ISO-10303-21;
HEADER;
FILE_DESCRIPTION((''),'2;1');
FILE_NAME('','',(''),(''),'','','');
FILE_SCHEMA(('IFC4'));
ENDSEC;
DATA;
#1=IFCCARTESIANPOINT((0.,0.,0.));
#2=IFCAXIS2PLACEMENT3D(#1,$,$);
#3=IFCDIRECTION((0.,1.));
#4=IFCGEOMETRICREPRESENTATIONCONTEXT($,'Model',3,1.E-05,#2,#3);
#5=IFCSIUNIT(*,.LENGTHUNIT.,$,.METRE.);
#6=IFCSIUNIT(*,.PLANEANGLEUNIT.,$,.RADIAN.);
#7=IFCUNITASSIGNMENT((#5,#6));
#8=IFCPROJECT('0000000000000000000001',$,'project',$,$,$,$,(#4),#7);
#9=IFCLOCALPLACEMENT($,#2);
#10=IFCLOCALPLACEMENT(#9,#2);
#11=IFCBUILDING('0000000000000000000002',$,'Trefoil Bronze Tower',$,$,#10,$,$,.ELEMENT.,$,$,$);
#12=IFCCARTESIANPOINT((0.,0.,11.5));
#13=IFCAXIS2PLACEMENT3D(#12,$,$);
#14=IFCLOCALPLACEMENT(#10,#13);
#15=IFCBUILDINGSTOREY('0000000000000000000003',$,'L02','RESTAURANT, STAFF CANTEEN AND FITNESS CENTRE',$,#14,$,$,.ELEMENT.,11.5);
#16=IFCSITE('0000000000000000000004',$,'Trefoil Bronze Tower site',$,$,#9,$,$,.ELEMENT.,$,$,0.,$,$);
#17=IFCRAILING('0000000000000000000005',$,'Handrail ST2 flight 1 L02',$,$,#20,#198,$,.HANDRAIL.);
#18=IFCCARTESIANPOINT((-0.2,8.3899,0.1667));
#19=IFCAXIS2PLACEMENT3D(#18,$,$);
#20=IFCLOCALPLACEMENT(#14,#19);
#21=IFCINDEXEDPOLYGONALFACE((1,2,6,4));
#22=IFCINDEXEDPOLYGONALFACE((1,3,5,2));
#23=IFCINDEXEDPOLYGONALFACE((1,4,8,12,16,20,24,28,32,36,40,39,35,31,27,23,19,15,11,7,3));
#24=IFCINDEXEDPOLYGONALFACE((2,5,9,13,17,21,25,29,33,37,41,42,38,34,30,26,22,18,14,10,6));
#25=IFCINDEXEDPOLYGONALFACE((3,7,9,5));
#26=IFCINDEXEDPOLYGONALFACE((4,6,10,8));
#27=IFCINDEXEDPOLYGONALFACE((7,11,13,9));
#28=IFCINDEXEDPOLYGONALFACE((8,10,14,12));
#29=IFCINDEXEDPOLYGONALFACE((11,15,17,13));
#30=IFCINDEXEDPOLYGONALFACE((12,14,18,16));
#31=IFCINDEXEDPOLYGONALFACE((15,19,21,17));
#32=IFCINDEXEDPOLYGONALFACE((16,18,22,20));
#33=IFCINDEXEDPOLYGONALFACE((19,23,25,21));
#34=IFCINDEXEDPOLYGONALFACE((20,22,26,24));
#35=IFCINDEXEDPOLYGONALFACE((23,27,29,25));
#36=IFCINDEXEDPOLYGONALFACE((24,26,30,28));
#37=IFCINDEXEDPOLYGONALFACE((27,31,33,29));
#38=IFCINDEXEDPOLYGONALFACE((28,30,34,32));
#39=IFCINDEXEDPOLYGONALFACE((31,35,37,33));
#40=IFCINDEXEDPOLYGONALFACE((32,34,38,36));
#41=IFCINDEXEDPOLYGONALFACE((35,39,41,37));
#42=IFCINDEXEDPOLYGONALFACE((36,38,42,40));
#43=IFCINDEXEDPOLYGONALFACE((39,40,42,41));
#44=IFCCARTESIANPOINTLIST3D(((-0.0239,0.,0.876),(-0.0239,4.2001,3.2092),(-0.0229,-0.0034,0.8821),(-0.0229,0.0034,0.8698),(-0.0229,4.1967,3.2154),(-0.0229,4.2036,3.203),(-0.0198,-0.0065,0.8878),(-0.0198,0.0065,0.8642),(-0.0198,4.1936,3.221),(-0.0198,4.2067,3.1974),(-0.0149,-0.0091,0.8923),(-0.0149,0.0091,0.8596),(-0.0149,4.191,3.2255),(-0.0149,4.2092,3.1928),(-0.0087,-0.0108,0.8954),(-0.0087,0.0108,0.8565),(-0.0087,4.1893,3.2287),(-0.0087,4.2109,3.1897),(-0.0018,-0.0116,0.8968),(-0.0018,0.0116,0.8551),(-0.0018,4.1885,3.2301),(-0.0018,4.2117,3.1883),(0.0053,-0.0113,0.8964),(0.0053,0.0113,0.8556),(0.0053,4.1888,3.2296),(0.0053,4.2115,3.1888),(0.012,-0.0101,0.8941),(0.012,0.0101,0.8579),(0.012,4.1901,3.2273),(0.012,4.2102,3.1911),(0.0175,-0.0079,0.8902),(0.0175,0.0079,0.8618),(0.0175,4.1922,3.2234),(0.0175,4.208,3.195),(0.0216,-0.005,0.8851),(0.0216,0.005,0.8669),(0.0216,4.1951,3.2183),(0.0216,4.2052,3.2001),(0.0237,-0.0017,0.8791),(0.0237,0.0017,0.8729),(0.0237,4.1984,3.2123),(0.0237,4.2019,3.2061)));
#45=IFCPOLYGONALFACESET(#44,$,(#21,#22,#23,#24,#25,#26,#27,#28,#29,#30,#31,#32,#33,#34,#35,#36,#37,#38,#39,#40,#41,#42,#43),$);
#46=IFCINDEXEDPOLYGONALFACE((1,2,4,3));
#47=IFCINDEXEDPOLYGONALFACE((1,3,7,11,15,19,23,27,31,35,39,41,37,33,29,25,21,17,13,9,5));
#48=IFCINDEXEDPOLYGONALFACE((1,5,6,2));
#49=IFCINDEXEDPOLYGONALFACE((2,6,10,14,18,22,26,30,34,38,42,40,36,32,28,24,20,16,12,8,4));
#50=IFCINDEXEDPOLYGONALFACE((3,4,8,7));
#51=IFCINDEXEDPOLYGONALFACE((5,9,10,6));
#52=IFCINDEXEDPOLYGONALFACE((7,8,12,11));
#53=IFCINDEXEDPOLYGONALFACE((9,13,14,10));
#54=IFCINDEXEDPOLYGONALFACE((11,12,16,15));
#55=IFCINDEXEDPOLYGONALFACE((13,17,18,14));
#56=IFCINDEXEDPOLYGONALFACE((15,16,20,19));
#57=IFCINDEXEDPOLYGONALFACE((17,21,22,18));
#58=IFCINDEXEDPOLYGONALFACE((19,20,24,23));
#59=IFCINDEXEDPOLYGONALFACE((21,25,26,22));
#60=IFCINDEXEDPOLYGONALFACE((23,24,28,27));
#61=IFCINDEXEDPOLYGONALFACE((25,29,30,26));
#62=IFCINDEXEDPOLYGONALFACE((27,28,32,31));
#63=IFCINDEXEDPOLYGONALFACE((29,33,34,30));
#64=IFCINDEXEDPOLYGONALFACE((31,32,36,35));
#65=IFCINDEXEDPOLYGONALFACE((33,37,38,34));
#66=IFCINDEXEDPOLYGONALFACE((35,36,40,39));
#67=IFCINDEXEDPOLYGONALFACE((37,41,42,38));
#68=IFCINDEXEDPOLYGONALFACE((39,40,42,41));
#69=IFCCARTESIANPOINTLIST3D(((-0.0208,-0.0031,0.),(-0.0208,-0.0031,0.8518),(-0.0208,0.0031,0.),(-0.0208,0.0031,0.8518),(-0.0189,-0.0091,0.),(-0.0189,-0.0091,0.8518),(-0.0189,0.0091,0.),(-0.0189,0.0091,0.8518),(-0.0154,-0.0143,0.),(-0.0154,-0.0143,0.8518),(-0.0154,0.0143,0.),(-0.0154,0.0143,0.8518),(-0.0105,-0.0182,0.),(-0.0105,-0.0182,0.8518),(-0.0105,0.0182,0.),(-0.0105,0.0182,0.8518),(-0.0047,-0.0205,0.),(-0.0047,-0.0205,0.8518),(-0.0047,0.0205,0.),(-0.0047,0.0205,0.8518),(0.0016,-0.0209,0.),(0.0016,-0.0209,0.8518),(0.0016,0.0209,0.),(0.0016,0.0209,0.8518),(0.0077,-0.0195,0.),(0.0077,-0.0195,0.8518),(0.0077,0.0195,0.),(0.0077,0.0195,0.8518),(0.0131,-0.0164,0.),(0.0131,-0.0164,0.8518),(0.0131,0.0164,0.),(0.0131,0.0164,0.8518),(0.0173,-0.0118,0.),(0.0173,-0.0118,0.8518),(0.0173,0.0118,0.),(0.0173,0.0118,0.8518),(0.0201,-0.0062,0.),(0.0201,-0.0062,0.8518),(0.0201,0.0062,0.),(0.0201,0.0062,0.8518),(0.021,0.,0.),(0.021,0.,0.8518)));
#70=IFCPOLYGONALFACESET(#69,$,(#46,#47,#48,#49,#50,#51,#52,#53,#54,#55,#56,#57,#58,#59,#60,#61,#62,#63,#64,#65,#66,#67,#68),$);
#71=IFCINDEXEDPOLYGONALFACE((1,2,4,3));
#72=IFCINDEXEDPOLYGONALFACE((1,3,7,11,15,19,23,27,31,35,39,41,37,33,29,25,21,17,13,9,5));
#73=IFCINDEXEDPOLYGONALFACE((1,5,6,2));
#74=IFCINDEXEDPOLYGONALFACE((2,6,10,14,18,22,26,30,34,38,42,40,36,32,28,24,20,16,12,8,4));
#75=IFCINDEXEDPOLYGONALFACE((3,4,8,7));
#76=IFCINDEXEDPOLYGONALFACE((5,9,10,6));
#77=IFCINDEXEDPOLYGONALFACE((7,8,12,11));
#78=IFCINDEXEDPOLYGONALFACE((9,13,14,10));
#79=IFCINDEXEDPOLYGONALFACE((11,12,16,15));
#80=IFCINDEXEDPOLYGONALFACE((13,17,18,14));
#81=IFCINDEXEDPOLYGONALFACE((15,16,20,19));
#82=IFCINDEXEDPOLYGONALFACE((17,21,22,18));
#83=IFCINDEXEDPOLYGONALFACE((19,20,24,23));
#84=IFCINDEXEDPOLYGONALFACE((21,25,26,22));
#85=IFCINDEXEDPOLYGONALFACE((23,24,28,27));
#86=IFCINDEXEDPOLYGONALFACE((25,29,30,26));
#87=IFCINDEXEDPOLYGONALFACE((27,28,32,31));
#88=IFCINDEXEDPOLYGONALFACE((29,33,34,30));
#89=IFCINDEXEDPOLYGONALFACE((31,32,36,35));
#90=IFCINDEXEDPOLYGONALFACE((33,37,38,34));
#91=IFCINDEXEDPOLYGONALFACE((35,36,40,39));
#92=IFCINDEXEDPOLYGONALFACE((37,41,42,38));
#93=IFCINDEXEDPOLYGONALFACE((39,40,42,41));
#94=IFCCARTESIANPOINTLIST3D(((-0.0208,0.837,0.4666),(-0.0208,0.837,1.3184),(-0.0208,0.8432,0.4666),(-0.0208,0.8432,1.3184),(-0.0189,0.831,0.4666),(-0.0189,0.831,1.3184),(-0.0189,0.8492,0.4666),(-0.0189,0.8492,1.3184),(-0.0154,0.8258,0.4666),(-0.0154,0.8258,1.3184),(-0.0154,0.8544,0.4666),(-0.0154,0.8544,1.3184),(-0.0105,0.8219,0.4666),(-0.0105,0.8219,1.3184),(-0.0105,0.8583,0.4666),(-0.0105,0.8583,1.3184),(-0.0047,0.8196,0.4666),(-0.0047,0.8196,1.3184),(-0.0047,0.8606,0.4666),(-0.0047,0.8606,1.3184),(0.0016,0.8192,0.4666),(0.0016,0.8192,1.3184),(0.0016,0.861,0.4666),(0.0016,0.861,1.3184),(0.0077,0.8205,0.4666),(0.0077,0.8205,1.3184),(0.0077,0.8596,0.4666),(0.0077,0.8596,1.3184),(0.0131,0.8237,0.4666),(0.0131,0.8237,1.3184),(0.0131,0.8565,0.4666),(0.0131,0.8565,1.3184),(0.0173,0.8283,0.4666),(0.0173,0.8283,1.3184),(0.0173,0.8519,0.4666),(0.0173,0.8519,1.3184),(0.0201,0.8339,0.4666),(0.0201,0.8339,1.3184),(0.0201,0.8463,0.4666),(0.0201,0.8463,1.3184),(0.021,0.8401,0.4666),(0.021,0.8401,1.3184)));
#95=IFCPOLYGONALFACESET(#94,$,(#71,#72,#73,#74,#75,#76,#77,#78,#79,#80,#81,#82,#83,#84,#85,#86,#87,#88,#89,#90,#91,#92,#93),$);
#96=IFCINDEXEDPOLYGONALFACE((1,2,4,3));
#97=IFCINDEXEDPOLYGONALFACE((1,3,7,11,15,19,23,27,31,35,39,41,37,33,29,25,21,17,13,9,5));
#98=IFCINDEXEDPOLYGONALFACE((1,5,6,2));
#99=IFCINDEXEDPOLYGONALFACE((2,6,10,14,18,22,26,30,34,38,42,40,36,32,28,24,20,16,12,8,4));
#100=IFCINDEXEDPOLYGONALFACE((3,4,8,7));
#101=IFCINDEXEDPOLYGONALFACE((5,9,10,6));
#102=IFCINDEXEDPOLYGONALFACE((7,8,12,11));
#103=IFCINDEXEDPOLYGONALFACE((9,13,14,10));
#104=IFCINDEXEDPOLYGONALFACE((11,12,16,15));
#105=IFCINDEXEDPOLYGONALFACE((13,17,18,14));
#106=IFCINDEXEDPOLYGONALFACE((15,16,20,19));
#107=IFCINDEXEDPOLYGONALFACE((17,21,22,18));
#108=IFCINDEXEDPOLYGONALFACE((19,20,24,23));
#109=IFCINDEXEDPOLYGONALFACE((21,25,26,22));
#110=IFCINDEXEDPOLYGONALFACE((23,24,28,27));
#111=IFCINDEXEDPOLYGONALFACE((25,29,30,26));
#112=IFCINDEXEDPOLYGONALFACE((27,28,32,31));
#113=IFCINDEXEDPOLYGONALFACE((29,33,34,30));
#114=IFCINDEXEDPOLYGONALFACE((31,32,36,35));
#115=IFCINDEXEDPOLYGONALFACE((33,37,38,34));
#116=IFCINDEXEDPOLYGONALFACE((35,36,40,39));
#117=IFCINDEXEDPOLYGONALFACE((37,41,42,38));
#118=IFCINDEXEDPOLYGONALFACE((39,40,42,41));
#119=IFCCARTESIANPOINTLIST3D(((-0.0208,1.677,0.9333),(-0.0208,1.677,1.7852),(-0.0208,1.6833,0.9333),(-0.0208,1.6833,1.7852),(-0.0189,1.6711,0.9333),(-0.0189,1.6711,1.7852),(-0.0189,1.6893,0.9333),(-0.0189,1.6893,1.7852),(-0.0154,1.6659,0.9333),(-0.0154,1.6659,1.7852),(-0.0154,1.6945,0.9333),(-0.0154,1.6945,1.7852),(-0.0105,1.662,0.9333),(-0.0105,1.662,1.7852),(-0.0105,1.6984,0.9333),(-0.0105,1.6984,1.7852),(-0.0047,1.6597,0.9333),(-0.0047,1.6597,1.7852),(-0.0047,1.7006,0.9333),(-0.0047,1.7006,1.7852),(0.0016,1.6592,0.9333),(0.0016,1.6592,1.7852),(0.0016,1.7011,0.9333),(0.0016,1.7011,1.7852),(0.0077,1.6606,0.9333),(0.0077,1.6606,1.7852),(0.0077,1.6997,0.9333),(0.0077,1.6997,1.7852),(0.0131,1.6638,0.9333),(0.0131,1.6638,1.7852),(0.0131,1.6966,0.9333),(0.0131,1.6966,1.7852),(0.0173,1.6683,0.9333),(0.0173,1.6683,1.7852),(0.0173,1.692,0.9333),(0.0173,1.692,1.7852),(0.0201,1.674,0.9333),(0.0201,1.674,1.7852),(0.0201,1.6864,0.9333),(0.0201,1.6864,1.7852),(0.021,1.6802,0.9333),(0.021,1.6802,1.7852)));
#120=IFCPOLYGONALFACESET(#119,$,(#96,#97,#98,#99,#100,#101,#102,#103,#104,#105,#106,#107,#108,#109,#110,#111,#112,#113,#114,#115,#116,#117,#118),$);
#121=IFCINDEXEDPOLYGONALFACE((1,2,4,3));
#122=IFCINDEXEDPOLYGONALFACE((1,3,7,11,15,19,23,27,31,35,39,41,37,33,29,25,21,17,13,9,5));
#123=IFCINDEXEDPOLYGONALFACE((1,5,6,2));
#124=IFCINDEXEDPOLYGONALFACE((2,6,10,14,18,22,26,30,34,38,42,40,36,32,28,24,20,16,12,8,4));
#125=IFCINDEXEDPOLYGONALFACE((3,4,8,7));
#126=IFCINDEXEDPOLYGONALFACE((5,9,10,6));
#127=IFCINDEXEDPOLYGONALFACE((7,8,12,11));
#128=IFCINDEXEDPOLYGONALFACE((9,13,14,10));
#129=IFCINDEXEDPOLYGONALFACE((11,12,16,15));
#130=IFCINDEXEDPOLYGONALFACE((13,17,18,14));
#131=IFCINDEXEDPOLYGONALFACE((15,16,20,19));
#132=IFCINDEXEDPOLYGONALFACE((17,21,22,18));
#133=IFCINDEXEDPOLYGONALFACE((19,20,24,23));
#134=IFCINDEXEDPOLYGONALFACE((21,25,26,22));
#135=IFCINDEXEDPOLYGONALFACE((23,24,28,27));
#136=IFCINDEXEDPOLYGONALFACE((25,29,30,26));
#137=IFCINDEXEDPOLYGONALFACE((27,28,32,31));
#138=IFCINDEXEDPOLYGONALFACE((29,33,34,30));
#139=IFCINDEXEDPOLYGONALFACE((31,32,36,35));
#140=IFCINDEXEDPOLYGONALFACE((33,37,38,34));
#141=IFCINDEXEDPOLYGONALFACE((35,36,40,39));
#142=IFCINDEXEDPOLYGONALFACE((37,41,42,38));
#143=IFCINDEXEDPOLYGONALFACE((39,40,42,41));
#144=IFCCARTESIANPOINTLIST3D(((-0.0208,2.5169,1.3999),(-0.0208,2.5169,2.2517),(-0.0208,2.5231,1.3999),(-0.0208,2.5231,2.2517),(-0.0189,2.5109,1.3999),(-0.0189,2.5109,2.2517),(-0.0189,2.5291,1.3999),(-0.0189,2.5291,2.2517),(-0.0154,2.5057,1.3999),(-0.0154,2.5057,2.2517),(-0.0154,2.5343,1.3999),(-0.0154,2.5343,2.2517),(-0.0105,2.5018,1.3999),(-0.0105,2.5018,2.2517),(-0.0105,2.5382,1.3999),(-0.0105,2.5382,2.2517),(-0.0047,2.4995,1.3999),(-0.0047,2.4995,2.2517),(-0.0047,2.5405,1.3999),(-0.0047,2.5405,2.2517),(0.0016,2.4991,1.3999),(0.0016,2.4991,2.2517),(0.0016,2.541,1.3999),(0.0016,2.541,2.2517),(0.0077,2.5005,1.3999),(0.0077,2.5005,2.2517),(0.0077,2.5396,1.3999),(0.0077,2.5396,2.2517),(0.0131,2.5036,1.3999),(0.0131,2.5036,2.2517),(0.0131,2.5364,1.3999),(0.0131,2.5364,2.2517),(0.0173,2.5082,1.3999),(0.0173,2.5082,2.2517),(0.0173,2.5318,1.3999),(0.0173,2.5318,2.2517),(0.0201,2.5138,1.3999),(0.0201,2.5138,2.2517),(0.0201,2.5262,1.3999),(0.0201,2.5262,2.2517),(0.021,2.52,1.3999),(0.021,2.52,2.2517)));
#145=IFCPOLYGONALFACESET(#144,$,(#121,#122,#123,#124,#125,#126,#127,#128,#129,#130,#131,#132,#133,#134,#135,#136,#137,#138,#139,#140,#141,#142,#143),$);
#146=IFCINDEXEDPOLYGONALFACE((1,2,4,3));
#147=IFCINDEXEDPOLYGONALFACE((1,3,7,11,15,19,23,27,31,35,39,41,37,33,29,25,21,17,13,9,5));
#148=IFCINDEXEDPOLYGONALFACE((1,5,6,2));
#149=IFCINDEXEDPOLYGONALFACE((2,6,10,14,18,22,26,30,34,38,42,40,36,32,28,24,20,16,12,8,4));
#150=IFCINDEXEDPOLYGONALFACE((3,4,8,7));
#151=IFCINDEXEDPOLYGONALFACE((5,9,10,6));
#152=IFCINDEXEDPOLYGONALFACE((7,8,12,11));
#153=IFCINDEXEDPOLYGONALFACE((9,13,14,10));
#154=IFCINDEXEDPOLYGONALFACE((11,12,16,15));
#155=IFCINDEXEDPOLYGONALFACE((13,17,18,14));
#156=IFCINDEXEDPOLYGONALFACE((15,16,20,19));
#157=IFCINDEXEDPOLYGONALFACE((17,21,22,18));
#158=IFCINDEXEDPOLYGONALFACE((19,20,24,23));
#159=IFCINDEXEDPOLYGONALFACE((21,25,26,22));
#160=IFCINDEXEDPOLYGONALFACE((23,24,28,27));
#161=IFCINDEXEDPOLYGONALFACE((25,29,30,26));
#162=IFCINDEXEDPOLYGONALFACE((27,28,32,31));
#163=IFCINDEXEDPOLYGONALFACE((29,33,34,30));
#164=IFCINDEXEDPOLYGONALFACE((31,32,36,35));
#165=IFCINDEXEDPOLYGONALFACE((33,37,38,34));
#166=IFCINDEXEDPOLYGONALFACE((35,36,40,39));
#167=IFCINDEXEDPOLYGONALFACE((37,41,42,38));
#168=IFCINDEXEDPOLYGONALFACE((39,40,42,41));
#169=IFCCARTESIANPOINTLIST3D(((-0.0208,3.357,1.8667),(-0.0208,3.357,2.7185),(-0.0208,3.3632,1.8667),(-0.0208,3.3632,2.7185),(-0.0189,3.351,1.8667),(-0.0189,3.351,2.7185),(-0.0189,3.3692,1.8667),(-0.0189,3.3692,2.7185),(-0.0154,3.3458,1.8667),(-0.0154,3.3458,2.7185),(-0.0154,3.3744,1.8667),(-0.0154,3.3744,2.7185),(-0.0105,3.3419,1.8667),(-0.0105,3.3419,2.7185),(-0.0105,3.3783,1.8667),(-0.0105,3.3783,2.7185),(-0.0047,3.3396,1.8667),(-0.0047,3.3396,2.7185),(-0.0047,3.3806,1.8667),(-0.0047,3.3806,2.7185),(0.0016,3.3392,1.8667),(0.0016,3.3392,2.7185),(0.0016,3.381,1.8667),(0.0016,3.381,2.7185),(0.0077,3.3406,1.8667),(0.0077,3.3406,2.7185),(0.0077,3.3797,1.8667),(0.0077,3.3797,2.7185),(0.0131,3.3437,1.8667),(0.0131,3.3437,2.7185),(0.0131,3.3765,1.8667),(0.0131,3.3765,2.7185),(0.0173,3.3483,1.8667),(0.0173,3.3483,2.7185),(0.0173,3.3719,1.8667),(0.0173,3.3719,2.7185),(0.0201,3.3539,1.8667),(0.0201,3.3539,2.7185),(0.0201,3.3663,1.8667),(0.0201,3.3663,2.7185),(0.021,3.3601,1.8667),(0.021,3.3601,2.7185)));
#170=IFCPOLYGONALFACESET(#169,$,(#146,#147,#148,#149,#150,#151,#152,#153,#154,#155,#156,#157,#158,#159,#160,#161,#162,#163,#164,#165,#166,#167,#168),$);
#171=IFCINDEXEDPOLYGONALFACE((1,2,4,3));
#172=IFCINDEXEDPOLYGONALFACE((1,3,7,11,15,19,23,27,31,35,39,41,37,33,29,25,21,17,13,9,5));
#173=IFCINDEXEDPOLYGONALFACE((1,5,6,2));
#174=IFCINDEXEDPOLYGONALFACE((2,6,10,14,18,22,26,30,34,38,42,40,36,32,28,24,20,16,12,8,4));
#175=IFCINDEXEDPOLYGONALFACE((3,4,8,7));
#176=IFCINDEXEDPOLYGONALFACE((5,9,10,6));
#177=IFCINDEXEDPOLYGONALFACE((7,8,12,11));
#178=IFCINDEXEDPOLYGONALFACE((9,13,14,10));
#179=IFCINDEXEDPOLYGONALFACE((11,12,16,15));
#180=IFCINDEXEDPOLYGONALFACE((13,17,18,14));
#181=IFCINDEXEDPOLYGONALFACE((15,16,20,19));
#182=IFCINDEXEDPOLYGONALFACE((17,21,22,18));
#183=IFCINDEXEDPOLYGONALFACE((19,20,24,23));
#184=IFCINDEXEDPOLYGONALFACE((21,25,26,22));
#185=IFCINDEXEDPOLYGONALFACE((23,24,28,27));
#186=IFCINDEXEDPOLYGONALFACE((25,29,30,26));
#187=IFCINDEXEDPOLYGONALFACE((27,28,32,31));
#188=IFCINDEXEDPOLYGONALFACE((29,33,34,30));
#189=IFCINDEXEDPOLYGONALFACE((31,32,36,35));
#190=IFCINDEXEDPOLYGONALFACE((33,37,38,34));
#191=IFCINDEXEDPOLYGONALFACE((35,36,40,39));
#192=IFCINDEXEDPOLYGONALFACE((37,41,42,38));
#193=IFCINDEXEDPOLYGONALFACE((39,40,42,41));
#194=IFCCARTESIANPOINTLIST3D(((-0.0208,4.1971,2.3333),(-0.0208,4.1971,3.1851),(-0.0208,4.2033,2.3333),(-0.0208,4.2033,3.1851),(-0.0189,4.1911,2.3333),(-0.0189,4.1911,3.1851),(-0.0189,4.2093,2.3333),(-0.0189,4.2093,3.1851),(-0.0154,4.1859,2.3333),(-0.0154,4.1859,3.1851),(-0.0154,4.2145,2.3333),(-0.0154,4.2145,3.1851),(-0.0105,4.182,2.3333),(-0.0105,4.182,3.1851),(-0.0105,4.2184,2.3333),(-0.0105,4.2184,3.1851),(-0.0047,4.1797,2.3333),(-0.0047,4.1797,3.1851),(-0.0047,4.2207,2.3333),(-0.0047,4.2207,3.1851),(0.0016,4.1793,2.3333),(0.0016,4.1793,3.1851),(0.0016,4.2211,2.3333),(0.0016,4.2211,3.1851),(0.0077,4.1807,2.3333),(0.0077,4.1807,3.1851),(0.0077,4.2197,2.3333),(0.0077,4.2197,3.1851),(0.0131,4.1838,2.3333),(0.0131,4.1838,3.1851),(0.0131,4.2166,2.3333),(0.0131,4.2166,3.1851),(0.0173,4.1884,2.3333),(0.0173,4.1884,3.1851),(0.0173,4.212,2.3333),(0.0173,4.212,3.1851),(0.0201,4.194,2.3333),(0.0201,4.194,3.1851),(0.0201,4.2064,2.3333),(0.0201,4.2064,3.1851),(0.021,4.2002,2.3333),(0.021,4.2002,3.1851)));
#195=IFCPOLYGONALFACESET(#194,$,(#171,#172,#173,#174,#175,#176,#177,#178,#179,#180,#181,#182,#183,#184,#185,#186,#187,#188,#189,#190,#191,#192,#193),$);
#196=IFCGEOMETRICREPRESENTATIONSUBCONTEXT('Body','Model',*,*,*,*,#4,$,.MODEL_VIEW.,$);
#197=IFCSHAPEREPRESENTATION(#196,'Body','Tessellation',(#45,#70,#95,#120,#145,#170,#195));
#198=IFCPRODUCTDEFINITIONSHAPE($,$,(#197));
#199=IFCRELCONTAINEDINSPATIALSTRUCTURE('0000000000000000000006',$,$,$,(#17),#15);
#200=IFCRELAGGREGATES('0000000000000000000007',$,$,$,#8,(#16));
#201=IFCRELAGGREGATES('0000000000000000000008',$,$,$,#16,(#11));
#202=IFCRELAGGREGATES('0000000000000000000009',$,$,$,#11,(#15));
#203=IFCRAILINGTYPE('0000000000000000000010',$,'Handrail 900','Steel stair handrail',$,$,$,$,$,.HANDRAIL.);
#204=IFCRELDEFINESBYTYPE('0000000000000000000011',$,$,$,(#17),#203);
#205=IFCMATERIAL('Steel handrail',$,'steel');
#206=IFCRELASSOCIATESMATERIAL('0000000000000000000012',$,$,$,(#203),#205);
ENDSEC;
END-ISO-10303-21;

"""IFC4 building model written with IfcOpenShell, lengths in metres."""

from ifc_helpers import new_model, si_unit, direction, frame, origin, origin_2d, place, context, subcontext, project, spatial, circle, extrude, material, type_object, element, save


model = new_model("IFC4")

# Units and contexts
model_context = context("Model", 3, precision=1e-05, world=origin(), true_north=direction((0.0, 1.0)))
body_context = subcontext(model_context, "Body", "Model", "MODEL_VIEW")
ifc_project = project(units=[si_unit("LENGTHUNIT", "METRE"), si_unit("PLANEANGLEUNIT", "RADIAN")], contexts=[model_context])

# Site, building, storey
site_placement = place(None, origin())
site = spatial("IfcSite", under=ifc_project, at=site_placement, Name="Trefoil Bronze Tower site", CompositionType="ELEMENT", RefElevation=0.0)
building_placement = place(site_placement, origin())
building = spatial("IfcBuilding", under=site, at=building_placement, Name="Trefoil Bronze Tower", CompositionType="ELEMENT")
storey_placement = place(building_placement, frame((0.0, 0.0, 11.5)))
storey = spatial("IfcBuildingStorey", under=building, at=storey_placement, Name="L02", Description="RESTAURANT, STAFF CANTEEN AND FITNESS CENTRE", CompositionType="ELEMENT", Elevation=11.5)

# Railing
ifc_material_1 = material(Name="Steel handrail", Category="steel")
railing_type = type_object("IfcRailingType", Name="Handrail 900", Description="Steel stair handrail", PredefinedType="HANDRAIL", material=ifc_material_1)
railing_placement = place(storey_placement, frame((-0.2, 8.3899, 0.1667)))
element("IfcRailing", 1, at=railing_placement, inside=storey, type_object=railing_type, Name="Handrail ST2 flight 1 L02", PredefinedType="HANDRAIL", context=body_context, shape_type="SweptSolid", body=[
    extrude(circle(Radius=0.0239, at=origin_2d()), frame((0.0, 0.0, 0.876), z_axis=(0.0, 0.874174, 0.485613), x_axis=(-1.0, 0.0, 0.0)), (0.0, 0.0, 1.0), 4.8047),
    extrude(circle(Radius=0.021, at=origin_2d()), origin(), (0.0, 0.0, 1.0), 0.8518),
    extrude(circle(Radius=0.021, at=origin_2d()), frame((0.0, 0.8401, 0.4666)), (0.0, 0.0, 1.0), 0.8518),
    extrude(circle(Radius=0.021, at=origin_2d()), frame((0.0, 1.6802, 0.9333)), (0.0, 0.0, 1.0), 0.8518),
    extrude(circle(Radius=0.021, at=origin_2d()), frame((0.0, 2.52, 1.3999)), (0.0, 0.0, 1.0), 0.8518),
    extrude(circle(Radius=0.021, at=origin_2d()), frame((0.0, 3.3601, 1.8667)), (0.0, 0.0, 1.0), 0.8518),
    extrude(circle(Radius=0.021, at=origin_2d()), frame((0.0, 4.2002, 2.3333)), (0.0, 0.0, 1.0), 0.8518),
])

save(model, "model.ifc")
